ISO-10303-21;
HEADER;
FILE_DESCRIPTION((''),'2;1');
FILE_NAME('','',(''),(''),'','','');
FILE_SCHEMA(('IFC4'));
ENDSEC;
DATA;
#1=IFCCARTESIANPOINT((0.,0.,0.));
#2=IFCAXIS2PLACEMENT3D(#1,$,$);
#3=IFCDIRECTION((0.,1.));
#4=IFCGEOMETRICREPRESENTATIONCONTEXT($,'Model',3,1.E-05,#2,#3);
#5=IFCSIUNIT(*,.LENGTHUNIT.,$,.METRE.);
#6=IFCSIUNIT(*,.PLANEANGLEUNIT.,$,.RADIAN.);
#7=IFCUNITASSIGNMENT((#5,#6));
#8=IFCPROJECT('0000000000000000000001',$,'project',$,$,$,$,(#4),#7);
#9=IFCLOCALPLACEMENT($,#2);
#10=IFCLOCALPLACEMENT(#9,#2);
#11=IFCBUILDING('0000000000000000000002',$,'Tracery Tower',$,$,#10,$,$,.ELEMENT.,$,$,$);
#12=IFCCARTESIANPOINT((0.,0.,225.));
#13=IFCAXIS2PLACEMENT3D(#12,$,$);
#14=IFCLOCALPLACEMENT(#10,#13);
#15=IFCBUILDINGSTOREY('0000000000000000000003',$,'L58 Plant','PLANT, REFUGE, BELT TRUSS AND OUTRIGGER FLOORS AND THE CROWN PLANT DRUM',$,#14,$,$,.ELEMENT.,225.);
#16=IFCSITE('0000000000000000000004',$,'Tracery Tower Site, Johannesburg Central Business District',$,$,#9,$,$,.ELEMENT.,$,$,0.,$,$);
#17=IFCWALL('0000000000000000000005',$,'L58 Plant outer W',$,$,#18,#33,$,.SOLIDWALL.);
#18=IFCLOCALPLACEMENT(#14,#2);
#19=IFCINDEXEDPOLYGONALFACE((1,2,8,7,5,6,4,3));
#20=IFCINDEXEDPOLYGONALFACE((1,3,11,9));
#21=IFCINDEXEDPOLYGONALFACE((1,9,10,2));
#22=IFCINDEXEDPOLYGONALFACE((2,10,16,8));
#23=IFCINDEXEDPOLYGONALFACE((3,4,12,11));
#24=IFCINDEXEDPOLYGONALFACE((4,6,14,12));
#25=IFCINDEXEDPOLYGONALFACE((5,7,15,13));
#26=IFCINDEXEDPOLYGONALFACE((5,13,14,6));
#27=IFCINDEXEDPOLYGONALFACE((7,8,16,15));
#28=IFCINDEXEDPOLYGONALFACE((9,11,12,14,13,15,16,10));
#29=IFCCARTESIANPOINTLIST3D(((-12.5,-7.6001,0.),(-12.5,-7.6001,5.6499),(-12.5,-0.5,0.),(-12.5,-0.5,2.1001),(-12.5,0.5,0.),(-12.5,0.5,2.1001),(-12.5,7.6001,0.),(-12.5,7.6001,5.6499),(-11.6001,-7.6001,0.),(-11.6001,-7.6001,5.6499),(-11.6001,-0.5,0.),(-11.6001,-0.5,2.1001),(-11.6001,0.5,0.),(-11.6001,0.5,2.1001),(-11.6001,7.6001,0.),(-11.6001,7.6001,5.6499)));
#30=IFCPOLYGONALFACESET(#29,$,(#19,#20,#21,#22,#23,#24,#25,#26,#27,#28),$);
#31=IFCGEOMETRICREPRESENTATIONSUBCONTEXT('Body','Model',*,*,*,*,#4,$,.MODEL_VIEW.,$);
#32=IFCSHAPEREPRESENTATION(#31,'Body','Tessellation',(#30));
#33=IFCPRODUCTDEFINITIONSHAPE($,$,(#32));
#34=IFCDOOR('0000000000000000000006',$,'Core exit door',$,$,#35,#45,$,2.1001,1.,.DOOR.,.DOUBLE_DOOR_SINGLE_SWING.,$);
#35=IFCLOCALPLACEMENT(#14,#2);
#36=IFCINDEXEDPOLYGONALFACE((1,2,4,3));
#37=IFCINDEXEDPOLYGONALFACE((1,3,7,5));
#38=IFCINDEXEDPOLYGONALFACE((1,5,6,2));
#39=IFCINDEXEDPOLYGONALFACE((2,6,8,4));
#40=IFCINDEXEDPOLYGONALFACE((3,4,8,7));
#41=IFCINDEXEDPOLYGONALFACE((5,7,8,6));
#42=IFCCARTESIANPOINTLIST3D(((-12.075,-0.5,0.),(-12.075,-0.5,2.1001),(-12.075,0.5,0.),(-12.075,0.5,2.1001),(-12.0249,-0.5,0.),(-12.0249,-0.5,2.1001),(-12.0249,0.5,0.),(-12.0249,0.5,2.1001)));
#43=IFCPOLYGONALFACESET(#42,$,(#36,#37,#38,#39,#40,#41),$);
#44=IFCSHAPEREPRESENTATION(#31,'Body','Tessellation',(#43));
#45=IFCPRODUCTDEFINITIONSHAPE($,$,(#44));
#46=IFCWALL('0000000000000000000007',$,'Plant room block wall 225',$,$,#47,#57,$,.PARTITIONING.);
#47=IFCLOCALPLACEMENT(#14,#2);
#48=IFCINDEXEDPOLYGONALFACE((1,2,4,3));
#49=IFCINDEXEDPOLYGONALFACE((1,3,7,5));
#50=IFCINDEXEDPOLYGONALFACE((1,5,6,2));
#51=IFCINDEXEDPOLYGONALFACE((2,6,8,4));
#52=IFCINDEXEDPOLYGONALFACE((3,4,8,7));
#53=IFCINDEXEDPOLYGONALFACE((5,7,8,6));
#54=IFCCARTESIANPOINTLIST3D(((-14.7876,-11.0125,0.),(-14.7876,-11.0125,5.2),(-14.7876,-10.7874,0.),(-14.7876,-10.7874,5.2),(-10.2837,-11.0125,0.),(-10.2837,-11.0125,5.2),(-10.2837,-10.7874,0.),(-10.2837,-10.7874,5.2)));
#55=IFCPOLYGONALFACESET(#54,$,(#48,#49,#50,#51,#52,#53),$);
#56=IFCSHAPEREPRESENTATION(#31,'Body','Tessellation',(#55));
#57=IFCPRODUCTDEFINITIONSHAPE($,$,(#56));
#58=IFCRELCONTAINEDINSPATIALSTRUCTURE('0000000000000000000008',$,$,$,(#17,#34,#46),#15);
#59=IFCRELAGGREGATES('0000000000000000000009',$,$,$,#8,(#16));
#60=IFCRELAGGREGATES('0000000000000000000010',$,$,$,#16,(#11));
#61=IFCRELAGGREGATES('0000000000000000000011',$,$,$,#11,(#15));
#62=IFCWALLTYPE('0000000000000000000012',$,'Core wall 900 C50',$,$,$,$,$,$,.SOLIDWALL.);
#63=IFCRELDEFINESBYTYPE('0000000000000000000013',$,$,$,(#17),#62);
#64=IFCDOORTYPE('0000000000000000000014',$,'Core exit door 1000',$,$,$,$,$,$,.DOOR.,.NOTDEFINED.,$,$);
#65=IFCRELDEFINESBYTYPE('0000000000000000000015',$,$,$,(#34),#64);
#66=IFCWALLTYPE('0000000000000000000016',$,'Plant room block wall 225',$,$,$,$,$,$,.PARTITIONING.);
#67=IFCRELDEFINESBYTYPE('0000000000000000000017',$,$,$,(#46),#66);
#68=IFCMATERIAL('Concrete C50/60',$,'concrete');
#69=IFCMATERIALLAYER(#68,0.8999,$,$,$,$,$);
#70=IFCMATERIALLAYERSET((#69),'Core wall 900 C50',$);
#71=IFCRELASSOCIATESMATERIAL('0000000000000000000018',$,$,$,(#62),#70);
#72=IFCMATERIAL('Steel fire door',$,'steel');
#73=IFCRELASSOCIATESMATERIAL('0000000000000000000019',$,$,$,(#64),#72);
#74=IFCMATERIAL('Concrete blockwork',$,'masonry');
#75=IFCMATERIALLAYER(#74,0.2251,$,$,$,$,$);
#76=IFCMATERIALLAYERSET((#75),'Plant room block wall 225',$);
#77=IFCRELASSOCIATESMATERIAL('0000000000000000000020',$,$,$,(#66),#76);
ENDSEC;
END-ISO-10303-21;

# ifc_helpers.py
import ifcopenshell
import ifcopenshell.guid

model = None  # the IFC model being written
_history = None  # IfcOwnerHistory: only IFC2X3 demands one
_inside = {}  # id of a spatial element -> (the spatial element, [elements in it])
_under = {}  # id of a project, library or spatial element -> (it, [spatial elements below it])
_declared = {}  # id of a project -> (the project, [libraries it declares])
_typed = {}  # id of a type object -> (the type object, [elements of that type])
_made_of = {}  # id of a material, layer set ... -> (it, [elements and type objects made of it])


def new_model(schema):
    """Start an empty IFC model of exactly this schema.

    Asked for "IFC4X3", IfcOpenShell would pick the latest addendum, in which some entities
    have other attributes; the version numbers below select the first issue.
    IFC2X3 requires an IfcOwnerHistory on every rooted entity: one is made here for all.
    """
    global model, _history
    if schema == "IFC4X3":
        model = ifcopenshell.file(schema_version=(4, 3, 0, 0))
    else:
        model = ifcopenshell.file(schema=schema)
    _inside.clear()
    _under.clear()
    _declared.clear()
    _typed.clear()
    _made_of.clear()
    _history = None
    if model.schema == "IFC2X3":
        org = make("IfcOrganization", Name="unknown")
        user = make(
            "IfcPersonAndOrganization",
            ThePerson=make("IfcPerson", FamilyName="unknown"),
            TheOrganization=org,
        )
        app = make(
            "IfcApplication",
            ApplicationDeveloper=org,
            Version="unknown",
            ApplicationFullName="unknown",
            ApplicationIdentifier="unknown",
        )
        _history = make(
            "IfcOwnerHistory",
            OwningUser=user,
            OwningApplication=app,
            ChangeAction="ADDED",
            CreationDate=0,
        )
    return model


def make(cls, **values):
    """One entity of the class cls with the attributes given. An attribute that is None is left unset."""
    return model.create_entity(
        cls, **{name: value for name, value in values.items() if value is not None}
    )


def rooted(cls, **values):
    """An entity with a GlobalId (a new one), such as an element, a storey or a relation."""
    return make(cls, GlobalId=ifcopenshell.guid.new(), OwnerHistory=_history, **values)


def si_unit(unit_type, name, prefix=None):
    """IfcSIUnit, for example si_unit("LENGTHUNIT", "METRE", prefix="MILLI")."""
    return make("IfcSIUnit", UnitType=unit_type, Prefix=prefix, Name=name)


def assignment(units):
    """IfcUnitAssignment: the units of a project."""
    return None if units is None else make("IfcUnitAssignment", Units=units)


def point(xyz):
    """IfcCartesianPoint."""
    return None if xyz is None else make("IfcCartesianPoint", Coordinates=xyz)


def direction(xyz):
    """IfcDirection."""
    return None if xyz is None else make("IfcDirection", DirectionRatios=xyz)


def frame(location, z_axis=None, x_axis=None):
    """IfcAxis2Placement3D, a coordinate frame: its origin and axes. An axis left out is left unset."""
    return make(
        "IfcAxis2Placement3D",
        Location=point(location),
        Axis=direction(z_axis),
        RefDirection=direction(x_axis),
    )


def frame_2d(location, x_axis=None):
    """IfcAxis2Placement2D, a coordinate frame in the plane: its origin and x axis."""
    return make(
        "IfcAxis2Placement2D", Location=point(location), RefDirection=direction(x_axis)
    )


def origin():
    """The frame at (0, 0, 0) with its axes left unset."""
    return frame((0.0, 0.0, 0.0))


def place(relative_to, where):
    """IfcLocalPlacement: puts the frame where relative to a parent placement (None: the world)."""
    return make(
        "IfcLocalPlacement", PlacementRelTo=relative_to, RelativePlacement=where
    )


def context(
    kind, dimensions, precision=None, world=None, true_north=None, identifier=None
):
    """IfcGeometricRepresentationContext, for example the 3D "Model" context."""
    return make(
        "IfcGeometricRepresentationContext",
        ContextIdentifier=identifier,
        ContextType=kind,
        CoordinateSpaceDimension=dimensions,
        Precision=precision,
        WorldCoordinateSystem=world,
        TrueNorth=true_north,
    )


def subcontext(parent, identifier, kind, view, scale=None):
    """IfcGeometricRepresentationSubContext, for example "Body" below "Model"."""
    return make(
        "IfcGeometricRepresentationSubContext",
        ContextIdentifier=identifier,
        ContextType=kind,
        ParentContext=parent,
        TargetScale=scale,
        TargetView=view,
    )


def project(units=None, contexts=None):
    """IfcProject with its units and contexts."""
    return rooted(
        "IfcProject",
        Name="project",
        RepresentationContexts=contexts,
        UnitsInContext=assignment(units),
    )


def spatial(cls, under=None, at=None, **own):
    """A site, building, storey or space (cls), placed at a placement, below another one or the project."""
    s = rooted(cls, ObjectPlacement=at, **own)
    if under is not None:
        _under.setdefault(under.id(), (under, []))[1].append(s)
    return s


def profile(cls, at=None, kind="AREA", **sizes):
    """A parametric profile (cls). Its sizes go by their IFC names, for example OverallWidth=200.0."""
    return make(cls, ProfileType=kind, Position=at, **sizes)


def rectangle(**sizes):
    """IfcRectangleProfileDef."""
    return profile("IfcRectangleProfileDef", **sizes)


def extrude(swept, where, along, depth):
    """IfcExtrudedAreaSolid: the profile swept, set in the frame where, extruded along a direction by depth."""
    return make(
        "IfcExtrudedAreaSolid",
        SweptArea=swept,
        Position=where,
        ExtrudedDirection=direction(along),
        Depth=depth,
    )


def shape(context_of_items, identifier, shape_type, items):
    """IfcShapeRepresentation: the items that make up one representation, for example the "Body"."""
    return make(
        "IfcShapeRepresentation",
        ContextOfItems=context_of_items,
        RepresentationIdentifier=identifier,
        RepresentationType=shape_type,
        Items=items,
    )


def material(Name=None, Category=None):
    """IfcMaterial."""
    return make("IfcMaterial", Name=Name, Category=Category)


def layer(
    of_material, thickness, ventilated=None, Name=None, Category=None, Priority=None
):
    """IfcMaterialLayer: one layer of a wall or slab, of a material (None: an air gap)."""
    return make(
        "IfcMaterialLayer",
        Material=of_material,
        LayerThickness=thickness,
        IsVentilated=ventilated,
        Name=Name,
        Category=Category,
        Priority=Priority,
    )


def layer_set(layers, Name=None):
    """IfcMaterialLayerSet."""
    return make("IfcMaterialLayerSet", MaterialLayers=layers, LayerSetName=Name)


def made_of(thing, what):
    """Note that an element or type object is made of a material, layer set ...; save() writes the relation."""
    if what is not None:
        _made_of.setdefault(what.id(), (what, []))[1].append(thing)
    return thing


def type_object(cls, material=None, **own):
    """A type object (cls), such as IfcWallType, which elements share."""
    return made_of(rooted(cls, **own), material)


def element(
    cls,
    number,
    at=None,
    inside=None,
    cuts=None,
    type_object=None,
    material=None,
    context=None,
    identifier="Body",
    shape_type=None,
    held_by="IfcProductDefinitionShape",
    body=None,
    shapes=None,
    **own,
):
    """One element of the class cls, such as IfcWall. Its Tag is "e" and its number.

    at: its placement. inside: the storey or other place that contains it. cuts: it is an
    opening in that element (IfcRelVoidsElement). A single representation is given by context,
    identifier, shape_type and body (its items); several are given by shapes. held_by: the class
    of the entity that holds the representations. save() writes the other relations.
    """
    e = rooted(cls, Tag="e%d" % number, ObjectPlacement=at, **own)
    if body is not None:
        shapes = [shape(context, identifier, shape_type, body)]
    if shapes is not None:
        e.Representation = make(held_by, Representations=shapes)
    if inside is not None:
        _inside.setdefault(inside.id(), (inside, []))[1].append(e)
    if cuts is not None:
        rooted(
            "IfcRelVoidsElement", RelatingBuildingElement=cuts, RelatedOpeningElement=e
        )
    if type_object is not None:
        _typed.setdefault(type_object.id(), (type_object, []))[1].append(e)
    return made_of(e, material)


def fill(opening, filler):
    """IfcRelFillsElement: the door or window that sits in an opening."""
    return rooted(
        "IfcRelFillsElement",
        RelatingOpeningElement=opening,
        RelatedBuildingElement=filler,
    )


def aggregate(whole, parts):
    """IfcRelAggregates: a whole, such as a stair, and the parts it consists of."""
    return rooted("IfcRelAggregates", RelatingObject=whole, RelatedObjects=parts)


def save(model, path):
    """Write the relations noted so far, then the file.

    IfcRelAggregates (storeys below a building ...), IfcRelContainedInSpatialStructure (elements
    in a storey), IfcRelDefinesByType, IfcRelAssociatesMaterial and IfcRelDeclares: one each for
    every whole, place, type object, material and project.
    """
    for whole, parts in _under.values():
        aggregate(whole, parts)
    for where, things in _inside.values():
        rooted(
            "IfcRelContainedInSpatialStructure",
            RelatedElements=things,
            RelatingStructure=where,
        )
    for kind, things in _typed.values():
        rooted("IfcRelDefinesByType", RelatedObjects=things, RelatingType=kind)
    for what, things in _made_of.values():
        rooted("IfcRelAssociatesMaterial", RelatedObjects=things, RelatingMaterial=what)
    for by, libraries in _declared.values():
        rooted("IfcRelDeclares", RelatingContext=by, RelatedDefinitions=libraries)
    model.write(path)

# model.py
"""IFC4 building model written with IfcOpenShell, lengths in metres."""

from ifc_helpers import new_model, si_unit, direction, frame, frame_2d, origin, place, context, subcontext, project, spatial, rectangle, extrude, material, layer, layer_set, type_object, element, fill, save


model = new_model("IFC4")

# Units and contexts
model_context = context("Model", 3, precision=1e-05, world=origin(), true_north=direction((0.0, 1.0)))
body_context = subcontext(model_context, "Body", "Model", "MODEL_VIEW")
ifc_project = project(units=[si_unit("LENGTHUNIT", "METRE"), si_unit("PLANEANGLEUNIT", "RADIAN")], contexts=[model_context])

# Site, building, storey
site_placement = place(None, origin())
site = spatial("IfcSite", under=ifc_project, at=site_placement, Name="Tracery Tower Site, Johannesburg Central Business District", CompositionType="ELEMENT", RefElevation=0.0)
building_placement = place(site_placement, origin())
building = spatial("IfcBuilding", under=site, at=building_placement, Name="Tracery Tower", CompositionType="ELEMENT")
storey_placement = place(building_placement, frame((0.0, 0.0, 225.0)))
storey = spatial("IfcBuildingStorey", under=building, at=storey_placement, Name="L58 Plant", Description="PLANT, REFUGE, BELT TRUSS AND OUTRIGGER FLOORS AND THE CROWN PLANT DRUM", CompositionType="ELEMENT", Elevation=225.0)

# Shared definitions
ifc_material_1 = material(Name="Concrete C50/60", Category="concrete")
ifc_layer_1 = layer(ifc_material_1, 0.8999)
ifc_layer_set_1 = layer_set([ifc_layer_1], Name="Core wall 900 C50")
wall_type_1 = type_object("IfcWallType", Name="Core wall 900 C50", PredefinedType="SOLIDWALL", material=ifc_layer_set_1)
ifc_material_2 = material(Name="Steel fire door", Category="steel")
door_type_1 = type_object("IfcDoorType", Name="Core exit door 1000", OperationType="NOTDEFINED", PredefinedType="DOOR", material=ifc_material_2)

# Wall, opening, door
wall_1_placement = place(storey_placement, frame((-12.05, -7.6001, 0.0), z_axis=(0.0, 0.0, 1.0), x_axis=(0.0, 1.0, 0.0)))
wall_1 = element("IfcWall", 1, at=wall_1_placement, inside=storey, type_object=wall_type_1, Name="L58 Plant outer W", PredefinedType="SOLIDWALL", context=body_context, shape_type="SweptSolid", body=[
    extrude(rectangle(XDim=15.2002, YDim=0.8999, at=frame_2d((7.6001, 0.0))), origin(), (0.0, 0.0, 1.0), 5.6499),
])
opening_1_placement = place(wall_1_placement, frame((7.1001, 0.0, 0.0)))
opening_1 = element("IfcOpeningElement", 2, at=opening_1_placement, cuts=wall_1, PredefinedType="OPENING", context=body_context, shape_type="SweptSolid", body=[
    extrude(rectangle(XDim=1.0, YDim=2.1001, at=frame_2d((0.5, 1.05))), frame((0.0, 0.45, 0.0), z_axis=(0.0, -1.0, 0.0), x_axis=(1.0, 0.0, 0.0)), (0.0, 0.0, 1.0), 0.8999),
])
door_1_placement = place(opening_1_placement, origin())
door_1 = element("IfcDoor", 3, at=door_1_placement, inside=storey, type_object=door_type_1, Name="Core exit door", OperationType="DOUBLE_DOOR_SINGLE_SWING", OverallHeight=2.1001, OverallWidth=1.0, PredefinedType="DOOR", context=body_context, shape_type="SweptSolid", body=[
    extrude(rectangle(XDim=1.0, YDim=2.1001, at=frame_2d((0.5, 1.05))), frame((0.0, 0.0249, 0.0), z_axis=(0.0, -1.0, 0.0), x_axis=(1.0, 0.0, 0.0)), (0.0, 0.0, 1.0), 0.05),
])
fill(opening_1, door_1)

# Wall
ifc_material_3 = material(Name="Concrete blockwork", Category="masonry")
ifc_layer_2 = layer(ifc_material_3, 0.2251)
ifc_layer_set_2 = layer_set([ifc_layer_2], Name="Plant room block wall 225")
wall_type_2 = type_object("IfcWallType", Name="Plant room block wall 225", PredefinedType="PARTITIONING", material=ifc_layer_set_2)
wall_2_placement = place(storey_placement, frame((-14.7876, -10.8999, 0.0), z_axis=(0.0, 0.0, 1.0), x_axis=(1.0, 0.0, 0.0)))
element("IfcWall", 4, at=wall_2_placement, inside=storey, type_object=wall_type_2, Name="Plant room block wall 225", PredefinedType="PARTITIONING", context=body_context, shape_type="SweptSolid", body=[
    extrude(rectangle(XDim=4.5039, YDim=0.2251, at=frame_2d((2.252, 0.0))), origin(), (0.0, 0.0, 1.0), 5.2),
])

save(model, "model.ifc")
